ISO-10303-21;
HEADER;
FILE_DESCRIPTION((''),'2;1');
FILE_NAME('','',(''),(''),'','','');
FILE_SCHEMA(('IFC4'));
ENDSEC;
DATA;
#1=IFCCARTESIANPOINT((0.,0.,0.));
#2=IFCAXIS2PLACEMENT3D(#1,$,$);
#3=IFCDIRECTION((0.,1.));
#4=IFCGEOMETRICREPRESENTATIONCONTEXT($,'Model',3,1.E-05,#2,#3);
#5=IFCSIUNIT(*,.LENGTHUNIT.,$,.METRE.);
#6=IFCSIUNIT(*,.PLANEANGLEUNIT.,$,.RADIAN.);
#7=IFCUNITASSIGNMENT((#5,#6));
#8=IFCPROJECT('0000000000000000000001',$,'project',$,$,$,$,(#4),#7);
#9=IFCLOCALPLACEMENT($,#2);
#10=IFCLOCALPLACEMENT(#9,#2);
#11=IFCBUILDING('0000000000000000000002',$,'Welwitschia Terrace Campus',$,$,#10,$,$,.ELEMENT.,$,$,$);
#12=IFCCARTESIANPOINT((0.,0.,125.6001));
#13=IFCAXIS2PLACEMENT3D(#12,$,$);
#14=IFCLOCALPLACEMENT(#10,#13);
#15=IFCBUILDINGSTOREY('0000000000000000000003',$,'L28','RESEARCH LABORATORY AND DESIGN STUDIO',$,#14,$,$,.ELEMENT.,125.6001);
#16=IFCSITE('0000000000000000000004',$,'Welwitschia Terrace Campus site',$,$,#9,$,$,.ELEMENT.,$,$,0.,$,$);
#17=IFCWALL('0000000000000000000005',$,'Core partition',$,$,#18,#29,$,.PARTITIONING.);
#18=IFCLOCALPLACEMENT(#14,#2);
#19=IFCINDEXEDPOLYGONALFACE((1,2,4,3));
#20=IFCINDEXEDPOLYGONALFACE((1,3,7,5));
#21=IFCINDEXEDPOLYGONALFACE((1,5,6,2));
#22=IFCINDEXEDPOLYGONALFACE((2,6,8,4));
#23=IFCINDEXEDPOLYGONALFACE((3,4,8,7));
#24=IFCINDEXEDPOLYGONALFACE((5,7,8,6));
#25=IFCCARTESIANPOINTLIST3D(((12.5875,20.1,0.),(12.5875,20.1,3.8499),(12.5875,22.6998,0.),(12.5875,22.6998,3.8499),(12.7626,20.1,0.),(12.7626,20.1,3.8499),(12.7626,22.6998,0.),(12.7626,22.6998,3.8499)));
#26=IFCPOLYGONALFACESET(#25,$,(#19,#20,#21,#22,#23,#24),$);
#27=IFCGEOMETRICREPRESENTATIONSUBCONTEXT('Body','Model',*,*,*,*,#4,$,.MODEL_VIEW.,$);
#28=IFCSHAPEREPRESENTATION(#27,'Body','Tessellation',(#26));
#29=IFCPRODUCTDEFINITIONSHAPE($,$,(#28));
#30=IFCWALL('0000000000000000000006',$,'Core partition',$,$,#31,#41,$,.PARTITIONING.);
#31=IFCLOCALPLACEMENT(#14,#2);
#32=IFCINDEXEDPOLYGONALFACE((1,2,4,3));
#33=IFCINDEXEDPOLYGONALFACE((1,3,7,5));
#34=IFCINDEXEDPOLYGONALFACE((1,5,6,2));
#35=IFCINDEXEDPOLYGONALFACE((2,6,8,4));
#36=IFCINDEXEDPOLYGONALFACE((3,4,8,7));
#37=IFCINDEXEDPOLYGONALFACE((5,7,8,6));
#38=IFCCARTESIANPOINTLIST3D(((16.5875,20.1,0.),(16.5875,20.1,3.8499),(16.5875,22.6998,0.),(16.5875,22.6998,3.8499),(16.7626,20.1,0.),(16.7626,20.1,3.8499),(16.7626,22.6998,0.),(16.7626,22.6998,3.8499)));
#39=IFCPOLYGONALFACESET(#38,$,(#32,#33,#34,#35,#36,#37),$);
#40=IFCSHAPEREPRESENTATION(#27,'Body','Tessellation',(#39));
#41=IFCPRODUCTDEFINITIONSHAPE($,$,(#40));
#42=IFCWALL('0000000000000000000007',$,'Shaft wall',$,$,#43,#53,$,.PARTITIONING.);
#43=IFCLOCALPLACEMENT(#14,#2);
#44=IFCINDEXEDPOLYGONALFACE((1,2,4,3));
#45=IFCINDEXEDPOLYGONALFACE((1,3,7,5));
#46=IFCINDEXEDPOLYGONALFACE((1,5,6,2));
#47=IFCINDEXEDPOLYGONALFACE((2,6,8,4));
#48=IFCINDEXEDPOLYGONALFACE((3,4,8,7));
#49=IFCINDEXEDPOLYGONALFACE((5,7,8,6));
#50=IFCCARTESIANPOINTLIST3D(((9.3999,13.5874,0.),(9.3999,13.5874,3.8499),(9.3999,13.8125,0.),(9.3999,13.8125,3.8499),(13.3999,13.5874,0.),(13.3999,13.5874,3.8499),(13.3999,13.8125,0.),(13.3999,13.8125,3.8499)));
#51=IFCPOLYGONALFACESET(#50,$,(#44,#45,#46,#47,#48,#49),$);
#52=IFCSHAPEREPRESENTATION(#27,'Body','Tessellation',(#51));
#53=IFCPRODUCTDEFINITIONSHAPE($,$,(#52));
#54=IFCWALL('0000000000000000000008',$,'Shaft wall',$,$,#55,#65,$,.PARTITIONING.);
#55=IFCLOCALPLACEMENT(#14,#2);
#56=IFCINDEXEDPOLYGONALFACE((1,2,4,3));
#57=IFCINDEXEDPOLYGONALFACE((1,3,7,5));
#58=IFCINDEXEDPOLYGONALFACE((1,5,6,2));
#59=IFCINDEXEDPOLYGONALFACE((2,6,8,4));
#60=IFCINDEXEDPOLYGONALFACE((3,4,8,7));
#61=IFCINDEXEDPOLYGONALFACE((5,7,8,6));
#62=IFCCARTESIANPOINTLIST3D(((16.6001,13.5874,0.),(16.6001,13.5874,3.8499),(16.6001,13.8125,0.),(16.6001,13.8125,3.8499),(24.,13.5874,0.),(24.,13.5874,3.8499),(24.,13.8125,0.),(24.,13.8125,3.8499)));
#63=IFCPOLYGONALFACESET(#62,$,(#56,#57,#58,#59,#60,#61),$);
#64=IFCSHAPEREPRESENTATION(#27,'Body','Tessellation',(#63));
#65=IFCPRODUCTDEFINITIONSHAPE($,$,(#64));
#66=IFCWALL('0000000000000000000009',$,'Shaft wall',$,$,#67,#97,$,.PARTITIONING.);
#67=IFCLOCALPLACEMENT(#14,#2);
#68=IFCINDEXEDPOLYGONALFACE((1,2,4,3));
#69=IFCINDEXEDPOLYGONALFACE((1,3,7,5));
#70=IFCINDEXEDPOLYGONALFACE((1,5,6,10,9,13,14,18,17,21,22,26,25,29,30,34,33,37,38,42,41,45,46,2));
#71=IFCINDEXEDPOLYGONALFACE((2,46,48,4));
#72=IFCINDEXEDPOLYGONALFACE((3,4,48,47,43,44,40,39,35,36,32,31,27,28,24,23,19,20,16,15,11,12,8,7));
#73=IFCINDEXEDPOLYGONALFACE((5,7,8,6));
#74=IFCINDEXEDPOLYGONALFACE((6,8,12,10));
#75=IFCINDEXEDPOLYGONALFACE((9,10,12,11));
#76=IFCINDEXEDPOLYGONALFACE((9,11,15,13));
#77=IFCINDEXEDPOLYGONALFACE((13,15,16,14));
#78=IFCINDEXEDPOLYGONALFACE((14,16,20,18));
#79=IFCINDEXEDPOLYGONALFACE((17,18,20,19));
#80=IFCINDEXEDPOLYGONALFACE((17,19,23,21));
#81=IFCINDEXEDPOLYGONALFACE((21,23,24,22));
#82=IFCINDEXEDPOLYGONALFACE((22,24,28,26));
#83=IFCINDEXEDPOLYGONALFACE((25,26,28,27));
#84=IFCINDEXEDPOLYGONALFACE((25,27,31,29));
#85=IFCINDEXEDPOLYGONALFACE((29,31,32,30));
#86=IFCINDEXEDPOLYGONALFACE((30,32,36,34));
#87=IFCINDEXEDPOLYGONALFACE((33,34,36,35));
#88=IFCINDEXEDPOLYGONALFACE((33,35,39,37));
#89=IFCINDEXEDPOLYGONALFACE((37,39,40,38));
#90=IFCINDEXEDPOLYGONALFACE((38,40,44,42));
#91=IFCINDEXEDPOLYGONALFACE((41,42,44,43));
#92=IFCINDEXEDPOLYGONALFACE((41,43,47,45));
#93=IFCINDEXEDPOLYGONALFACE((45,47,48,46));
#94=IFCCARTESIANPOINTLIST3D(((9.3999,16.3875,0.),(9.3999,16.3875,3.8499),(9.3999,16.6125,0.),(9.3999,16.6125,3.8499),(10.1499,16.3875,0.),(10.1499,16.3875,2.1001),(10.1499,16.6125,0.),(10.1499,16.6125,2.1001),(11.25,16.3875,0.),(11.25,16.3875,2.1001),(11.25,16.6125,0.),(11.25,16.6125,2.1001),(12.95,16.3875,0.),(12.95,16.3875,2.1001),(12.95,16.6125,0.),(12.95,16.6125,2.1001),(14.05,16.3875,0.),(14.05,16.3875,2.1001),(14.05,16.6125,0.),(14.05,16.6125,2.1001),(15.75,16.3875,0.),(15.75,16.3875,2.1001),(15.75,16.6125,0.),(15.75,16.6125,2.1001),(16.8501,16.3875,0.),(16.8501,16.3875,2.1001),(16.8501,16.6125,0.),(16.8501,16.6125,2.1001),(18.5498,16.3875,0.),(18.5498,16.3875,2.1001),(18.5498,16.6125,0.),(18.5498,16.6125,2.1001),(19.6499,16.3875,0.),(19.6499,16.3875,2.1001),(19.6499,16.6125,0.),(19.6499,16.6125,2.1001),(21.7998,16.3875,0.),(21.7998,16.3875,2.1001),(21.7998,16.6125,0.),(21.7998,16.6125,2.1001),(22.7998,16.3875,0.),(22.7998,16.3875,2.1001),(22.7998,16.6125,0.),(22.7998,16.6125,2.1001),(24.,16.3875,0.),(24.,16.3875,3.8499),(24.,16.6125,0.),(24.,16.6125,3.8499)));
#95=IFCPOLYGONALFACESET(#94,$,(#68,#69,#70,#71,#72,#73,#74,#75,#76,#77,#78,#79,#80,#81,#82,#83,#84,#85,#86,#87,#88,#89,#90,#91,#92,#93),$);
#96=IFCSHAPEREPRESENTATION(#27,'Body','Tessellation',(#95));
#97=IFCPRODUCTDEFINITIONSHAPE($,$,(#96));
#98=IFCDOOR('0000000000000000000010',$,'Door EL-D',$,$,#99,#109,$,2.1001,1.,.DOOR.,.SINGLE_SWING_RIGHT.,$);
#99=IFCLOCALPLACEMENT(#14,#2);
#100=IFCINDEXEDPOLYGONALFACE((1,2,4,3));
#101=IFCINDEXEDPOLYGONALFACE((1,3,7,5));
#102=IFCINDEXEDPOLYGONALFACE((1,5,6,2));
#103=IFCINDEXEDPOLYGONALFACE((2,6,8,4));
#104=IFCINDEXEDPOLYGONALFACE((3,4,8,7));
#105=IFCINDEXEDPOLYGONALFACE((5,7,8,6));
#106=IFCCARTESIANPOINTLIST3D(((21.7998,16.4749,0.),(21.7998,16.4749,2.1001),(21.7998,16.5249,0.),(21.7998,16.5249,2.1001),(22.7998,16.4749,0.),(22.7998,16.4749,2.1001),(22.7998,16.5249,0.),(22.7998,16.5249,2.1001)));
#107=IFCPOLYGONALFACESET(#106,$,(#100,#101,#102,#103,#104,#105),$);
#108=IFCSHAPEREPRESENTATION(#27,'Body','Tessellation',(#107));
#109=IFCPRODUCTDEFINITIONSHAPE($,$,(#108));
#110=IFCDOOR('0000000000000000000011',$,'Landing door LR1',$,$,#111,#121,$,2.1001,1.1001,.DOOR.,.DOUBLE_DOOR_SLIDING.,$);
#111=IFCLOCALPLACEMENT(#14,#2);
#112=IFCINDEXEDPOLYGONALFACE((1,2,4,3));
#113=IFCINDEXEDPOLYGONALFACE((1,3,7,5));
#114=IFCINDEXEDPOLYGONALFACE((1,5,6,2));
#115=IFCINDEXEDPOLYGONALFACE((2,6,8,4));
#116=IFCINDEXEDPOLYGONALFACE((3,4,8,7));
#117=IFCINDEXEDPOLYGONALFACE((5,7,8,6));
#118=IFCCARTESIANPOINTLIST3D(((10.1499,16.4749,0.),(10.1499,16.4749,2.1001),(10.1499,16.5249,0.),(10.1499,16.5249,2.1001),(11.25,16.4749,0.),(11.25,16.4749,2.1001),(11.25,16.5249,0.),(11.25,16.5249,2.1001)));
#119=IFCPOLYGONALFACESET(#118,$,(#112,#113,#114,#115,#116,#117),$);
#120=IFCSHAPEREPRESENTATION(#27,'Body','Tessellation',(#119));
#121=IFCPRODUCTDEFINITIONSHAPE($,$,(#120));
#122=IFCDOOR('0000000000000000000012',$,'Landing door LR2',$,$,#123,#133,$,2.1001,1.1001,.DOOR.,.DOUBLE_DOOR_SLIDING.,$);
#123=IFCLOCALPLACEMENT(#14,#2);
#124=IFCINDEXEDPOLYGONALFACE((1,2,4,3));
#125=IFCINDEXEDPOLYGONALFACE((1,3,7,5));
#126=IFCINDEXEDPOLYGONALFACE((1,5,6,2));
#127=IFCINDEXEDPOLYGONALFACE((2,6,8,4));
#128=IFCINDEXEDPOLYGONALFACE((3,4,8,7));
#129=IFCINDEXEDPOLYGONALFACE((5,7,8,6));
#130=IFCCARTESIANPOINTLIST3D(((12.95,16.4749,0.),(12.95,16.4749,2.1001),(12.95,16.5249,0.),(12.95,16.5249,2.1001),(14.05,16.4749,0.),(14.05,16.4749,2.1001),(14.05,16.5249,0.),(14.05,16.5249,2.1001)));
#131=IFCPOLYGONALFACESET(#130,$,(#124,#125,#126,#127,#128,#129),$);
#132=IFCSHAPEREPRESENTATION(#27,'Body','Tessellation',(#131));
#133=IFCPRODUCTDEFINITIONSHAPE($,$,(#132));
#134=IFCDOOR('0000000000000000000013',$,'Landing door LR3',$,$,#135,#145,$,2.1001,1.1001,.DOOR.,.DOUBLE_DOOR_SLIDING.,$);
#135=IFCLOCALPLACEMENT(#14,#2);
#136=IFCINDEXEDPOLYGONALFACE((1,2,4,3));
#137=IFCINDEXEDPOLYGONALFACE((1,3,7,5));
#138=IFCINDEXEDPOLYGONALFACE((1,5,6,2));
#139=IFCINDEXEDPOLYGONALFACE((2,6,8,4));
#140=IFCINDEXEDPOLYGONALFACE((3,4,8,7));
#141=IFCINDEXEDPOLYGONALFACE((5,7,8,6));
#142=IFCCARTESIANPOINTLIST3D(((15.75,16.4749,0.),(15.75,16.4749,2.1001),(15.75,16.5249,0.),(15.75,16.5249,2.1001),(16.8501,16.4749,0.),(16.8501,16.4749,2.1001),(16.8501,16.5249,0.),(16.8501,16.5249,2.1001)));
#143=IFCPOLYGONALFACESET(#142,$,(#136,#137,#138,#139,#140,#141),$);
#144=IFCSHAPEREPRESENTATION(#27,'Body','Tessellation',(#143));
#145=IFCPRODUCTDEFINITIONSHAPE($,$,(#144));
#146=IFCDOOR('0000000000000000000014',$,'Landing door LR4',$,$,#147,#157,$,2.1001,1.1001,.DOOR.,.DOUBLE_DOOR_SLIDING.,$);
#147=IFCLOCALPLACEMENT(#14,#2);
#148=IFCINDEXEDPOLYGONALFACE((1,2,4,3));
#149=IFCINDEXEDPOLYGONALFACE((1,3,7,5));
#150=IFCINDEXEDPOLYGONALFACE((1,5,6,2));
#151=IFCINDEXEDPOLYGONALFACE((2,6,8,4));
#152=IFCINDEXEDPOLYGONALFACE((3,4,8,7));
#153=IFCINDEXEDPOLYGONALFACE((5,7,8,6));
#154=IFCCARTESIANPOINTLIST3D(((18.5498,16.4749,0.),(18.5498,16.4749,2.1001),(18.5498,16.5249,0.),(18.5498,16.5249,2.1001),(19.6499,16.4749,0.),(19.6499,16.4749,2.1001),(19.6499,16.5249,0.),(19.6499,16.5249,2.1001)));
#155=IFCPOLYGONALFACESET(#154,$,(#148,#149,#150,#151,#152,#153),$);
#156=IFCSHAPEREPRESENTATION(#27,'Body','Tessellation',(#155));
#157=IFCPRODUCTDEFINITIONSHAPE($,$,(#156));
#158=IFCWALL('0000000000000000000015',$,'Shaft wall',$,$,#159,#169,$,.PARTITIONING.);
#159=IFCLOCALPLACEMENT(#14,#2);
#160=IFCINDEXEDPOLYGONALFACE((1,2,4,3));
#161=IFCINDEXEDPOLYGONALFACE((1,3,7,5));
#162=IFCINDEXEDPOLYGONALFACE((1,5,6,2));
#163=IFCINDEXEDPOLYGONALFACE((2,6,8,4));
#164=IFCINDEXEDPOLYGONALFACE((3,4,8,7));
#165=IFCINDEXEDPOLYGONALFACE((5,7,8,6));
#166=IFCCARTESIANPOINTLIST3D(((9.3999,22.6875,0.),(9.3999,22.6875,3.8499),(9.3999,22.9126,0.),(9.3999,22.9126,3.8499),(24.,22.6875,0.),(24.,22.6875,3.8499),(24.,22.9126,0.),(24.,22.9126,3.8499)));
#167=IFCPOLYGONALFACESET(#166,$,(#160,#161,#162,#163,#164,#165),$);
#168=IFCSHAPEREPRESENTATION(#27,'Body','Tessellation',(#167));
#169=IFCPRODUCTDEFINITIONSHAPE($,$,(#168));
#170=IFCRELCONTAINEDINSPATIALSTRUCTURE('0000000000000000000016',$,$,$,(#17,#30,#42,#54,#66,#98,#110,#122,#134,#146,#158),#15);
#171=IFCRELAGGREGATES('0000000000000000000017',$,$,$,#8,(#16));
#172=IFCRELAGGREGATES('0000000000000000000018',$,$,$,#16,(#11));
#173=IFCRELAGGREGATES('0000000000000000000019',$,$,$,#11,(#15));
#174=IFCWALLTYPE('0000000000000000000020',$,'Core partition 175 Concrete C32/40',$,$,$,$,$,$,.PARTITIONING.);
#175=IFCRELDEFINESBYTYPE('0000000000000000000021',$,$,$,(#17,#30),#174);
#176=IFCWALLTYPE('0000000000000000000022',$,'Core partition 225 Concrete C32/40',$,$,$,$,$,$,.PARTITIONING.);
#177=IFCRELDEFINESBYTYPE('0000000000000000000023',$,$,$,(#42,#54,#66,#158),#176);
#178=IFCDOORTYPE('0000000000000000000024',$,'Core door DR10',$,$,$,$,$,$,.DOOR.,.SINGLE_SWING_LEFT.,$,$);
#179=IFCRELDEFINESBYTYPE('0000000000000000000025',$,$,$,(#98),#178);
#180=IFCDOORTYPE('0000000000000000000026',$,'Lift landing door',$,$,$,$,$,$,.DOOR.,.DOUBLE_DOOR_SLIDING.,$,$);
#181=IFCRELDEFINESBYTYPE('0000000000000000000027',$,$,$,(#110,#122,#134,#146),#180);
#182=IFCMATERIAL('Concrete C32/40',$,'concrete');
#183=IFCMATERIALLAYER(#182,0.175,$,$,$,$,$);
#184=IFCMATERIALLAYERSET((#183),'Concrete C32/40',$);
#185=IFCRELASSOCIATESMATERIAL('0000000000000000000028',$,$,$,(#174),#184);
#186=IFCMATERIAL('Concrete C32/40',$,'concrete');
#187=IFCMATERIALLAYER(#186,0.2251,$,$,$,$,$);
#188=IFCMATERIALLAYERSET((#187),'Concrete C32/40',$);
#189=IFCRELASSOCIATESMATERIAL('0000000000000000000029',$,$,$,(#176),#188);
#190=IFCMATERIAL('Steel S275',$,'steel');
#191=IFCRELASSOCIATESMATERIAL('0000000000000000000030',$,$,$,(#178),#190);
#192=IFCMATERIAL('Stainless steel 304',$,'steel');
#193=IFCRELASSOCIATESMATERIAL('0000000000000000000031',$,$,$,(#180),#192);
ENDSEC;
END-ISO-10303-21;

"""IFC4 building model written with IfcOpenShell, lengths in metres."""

from ifc_helpers import new_model, si_unit, direction, frame, frame_2d, origin, place, context, subcontext, project, spatial, rectangle, extrude, material, layer, layer_set, type_object, element, fill, save


model = new_model("IFC4")

# Units and contexts
model_context = context("Model", 3, precision=1e-05, world=origin(), true_north=direction((0.0, 1.0)))
body_context = subcontext(model_context, "Body", "Model", "MODEL_VIEW")
ifc_project = project(units=[si_unit("LENGTHUNIT", "METRE"), si_unit("PLANEANGLEUNIT", "RADIAN")], contexts=[model_context])

# Site, building, storey
site_placement = place(None, origin())
site = spatial("IfcSite", under=ifc_project, at=site_placement, Name="Welwitschia Terrace Campus site", CompositionType="ELEMENT", RefElevation=0.0)
building_placement = place(site_placement, origin())
building = spatial("IfcBuilding", under=site, at=building_placement, Name="Welwitschia Terrace Campus", CompositionType="ELEMENT")
storey_placement = place(building_placement, frame((0.0, 0.0, 125.6001)))
storey = spatial("IfcBuildingStorey", under=building, at=storey_placement, Name="L28", Description="RESEARCH LABORATORY AND DESIGN STUDIO", CompositionType="ELEMENT", Elevation=125.6001)

# Walls
ifc_material_1 = material(Name="Concrete C32/40", Category="concrete")
ifc_layer_1 = layer(ifc_material_1, 0.175)
ifc_layer_set_1 = layer_set([ifc_layer_1], Name="Concrete C32/40")
wall_type_1 = type_object("IfcWallType", Name="Core partition 175 Concrete C32/40", PredefinedType="PARTITIONING", material=ifc_layer_set_1)
for number, where, z_axis, x_axis, name in (
    (1, (12.675, 20.1001, 0.0), (0.0, 0.0, 1.0), (0.0, 1.0, 0.0), "Core partition"),
    (2, (16.675, 20.1001, 0.0), (0.0, 0.0, 1.0), (0.0, 1.0, 0.0), "Core partition"),
):
    element("IfcWall", number, at=place(storey_placement, frame(where, z_axis=z_axis, x_axis=x_axis)), inside=storey, type_object=wall_type_1, Name=name, PredefinedType="PARTITIONING", context=body_context, shape_type="SweptSolid", body=[
        extrude(rectangle(XDim=2.5999, YDim=0.175, at=frame_2d((1.2998, 0.0))), origin(), (0.0, 0.0, 1.0), 3.8499),
    ])
ifc_material_2 = material(Name="Concrete C32/40", Category="concrete")
ifc_layer_2 = layer(ifc_material_2, 0.2251)
ifc_layer_set_2 = layer_set([ifc_layer_2], Name="Concrete C32/40")
wall_type_2 = type_object("IfcWallType", Name="Core partition 225 Concrete C32/40", PredefinedType="PARTITIONING", material=ifc_layer_set_2)
wall_1_placement = place(storey_placement, frame((9.3999, 13.7, 0.0), z_axis=(0.0, 0.0, 1.0), x_axis=(1.0, 0.0, 0.0)))
element("IfcWall", 3, at=wall_1_placement, inside=storey, type_object=wall_type_2, Name="Shaft wall", PredefinedType="PARTITIONING", context=body_context, shape_type="SweptSolid", body=[
    extrude(rectangle(XDim=4.0, YDim=0.2251, at=frame_2d((2.0, 0.0))), origin(), (0.0, 0.0, 1.0), 3.8499),
])
wall_2_placement = place(storey_placement, frame((16.6001, 13.7, 0.0), z_axis=(0.0, 0.0, 1.0), x_axis=(1.0, 0.0, 0.0)))
element("IfcWall", 4, at=wall_2_placement, inside=storey, type_object=wall_type_2, Name="Shaft wall", PredefinedType="PARTITIONING", context=body_context, shape_type="SweptSolid", body=[
    extrude(rectangle(XDim=7.3999, YDim=0.2251, at=frame_2d((3.7, 0.0))), origin(), (0.0, 0.0, 1.0), 3.8499),
])

# Wall, openings, doors
wall_3_placement = place(storey_placement, frame((9.3999, 16.5, 0.0), z_axis=(0.0, 0.0, 1.0), x_axis=(1.0, 0.0, 0.0)))
wall_3 = element("IfcWall", 5, at=wall_3_placement, inside=storey, type_object=wall_type_2, Name="Shaft wall", PredefinedType="PARTITIONING", context=body_context, shape_type="SweptSolid", body=[
    extrude(rectangle(XDim=14.6001, YDim=0.2251, at=frame_2d((7.3, 0.0))), origin(), (0.0, 0.0, 1.0), 3.8499),
])
opening_1_placement = place(wall_3_placement, frame((0.75, 0.0, 0.0)))
opening_1 = element("IfcOpeningElement", 6, at=opening_1_placement, cuts=wall_3, PredefinedType="OPENING", context=body_context, shape_type="SweptSolid", body=[
    extrude(rectangle(XDim=1.1001, YDim=2.1001, at=frame_2d((0.55, 1.05))), frame((0.0, 0.1226, 0.0), z_axis=(0.0, -1.0, 0.0), x_axis=(1.0, 0.0, 0.0)), (0.0, 0.0, 1.0), 0.2451),
])
opening_2_placement = place(wall_3_placement, frame((3.55, 0.0, 0.0)))
opening_2 = element("IfcOpeningElement", 7, at=opening_2_placement, cuts=wall_3, PredefinedType="OPENING", context=body_context, shape_type="SweptSolid", body=[
    extrude(rectangle(XDim=1.1001, YDim=2.1001, at=frame_2d((0.55, 1.05))), frame((0.0, 0.1226, 0.0), z_axis=(0.0, -1.0, 0.0), x_axis=(1.0, 0.0, 0.0)), (0.0, 0.0, 1.0), 0.2451),
])
opening_3_placement = place(wall_3_placement, frame((6.3501, 0.0, 0.0)))
opening_3 = element("IfcOpeningElement", 8, at=opening_3_placement, cuts=wall_3, PredefinedType="OPENING", context=body_context, shape_type="SweptSolid", body=[
    extrude(rectangle(XDim=1.1001, YDim=2.1001, at=frame_2d((0.55, 1.05))), frame((0.0, 0.1226, 0.0), z_axis=(0.0, -1.0, 0.0), x_axis=(1.0, 0.0, 0.0)), (0.0, 0.0, 1.0), 0.2451),
])
opening_4_placement = place(wall_3_placement, frame((9.1499, 0.0, 0.0)))
opening_4 = element("IfcOpeningElement", 9, at=opening_4_placement, cuts=wall_3, PredefinedType="OPENING", context=body_context, shape_type="SweptSolid", body=[
    extrude(rectangle(XDim=1.1001, YDim=2.1001, at=frame_2d((0.55, 1.05))), frame((0.0, 0.1226, 0.0), z_axis=(0.0, -1.0, 0.0), x_axis=(1.0, 0.0, 0.0)), (0.0, 0.0, 1.0), 0.2451),
])
opening_5_placement = place(wall_3_placement, frame((12.3999, 0.0, 0.0)))
opening_5 = element("IfcOpeningElement", 10, at=opening_5_placement, cuts=wall_3, PredefinedType="OPENING", context=body_context, shape_type="SweptSolid", body=[
    extrude(rectangle(XDim=1.0, YDim=2.1001, at=frame_2d((0.5, 1.05))), frame((0.0, 0.1226, 0.0), z_axis=(0.0, -1.0, 0.0), x_axis=(1.0, 0.0, 0.0)), (0.0, 0.0, 1.0), 0.2451),
])
ifc_material_3 = material(Name="Steel S275", Category="steel")
door_type_1 = type_object("IfcDoorType", Name="Core door DR10", OperationType="SINGLE_SWING_LEFT", PredefinedType="DOOR", material=ifc_material_3)
door_1_placement = place(opening_5_placement, origin())
door_1 = element("IfcDoor", 11, at=door_1_placement, inside=storey, type_object=door_type_1, Name="Door EL-D", OperationType="SINGLE_SWING_RIGHT", OverallHeight=2.1001, OverallWidth=1.0, PredefinedType="DOOR", context=body_context, shape_type="SweptSolid", body=[
    extrude(rectangle(XDim=1.0, YDim=2.1001, at=frame_2d((0.5, 1.05))), frame((0.0, 0.0249, 0.0), z_axis=(0.0, -1.0, 0.0), x_axis=(1.0, 0.0, 0.0)), (0.0, 0.0, 1.0), 0.05),
])
fill(opening_5, door_1)
ifc_material_4 = material(Name="Stainless steel 304", Category="steel")
door_type_2 = type_object("IfcDoorType", Name="Lift landing door", OperationType="DOUBLE_DOOR_SLIDING", PredefinedType="DOOR", material=ifc_material_4)
door_2_placement = place(opening_1_placement, origin())
door_2 = element("IfcDoor", 12, at=door_2_placement, inside=storey, type_object=door_type_2, Name="Landing door LR1", OperationType="DOUBLE_DOOR_SLIDING", OverallHeight=2.1001, OverallWidth=1.1001, PredefinedType="DOOR", context=body_context, shape_type="SweptSolid", body=[
    extrude(rectangle(XDim=1.1001, YDim=2.1001, at=frame_2d((0.55, 1.05))), frame((0.0, 0.0249, 0.0), z_axis=(0.0, -1.0, 0.0), x_axis=(1.0, 0.0, 0.0)), (0.0, 0.0, 1.0), 0.05),
])
fill(opening_1, door_2)
door_3_placement = place(opening_2_placement, origin())
door_3 = element("IfcDoor", 13, at=door_3_placement, inside=storey, type_object=door_type_2, Name="Landing door LR2", OperationType="DOUBLE_DOOR_SLIDING", OverallHeight=2.1001, OverallWidth=1.1001, PredefinedType="DOOR", context=body_context, shape_type="SweptSolid", body=[
    extrude(rectangle(XDim=1.1001, YDim=2.1001, at=frame_2d((0.55, 1.05))), frame((0.0, 0.0249, 0.0), z_axis=(0.0, -1.0, 0.0), x_axis=(1.0, 0.0, 0.0)), (0.0, 0.0, 1.0), 0.05),
])
fill(opening_2, door_3)
door_4_placement = place(opening_3_placement, origin())
door_4 = element("IfcDoor", 14, at=door_4_placement, inside=storey, type_object=door_type_2, Name="Landing door LR3", OperationType="DOUBLE_DOOR_SLIDING", OverallHeight=2.1001, OverallWidth=1.1001, PredefinedType="DOOR", context=body_context, shape_type="SweptSolid", body=[
    extrude(rectangle(XDim=1.1001, YDim=2.1001, at=frame_2d((0.55, 1.05))), frame((0.0, 0.0249, 0.0), z_axis=(0.0, -1.0, 0.0), x_axis=(1.0, 0.0, 0.0)), (0.0, 0.0, 1.0), 0.05),
])
fill(opening_3, door_4)
door_5_placement = place(opening_4_placement, origin())
door_5 = element("IfcDoor", 15, at=door_5_placement, inside=storey, type_object=door_type_2, Name="Landing door LR4", OperationType="DOUBLE_DOOR_SLIDING", OverallHeight=2.1001, OverallWidth=1.1001, PredefinedType="DOOR", context=body_context, shape_type="SweptSolid", body=[
    extrude(rectangle(XDim=1.1001, YDim=2.1001, at=frame_2d((0.55, 1.05))), frame((0.0, 0.0249, 0.0), z_axis=(0.0, -1.0, 0.0), x_axis=(1.0, 0.0, 0.0)), (0.0, 0.0, 1.0), 0.05),
])
fill(opening_4, door_5)

# Wall
wall_4_placement = place(storey_placement, frame((9.3999, 22.8, 0.0), z_axis=(0.0, 0.0, 1.0), x_axis=(1.0, 0.0, 0.0)))
element("IfcWall", 16, at=wall_4_placement, inside=storey, type_object=wall_type_2, Name="Shaft wall", PredefinedType="PARTITIONING", context=body_context, shape_type="SweptSolid", body=[
    extrude(rectangle(XDim=14.6001, YDim=0.2251, at=frame_2d((7.3, 0.0))), origin(), (0.0, 0.0, 1.0), 3.8499),
])

save(model, "model.ifc")
